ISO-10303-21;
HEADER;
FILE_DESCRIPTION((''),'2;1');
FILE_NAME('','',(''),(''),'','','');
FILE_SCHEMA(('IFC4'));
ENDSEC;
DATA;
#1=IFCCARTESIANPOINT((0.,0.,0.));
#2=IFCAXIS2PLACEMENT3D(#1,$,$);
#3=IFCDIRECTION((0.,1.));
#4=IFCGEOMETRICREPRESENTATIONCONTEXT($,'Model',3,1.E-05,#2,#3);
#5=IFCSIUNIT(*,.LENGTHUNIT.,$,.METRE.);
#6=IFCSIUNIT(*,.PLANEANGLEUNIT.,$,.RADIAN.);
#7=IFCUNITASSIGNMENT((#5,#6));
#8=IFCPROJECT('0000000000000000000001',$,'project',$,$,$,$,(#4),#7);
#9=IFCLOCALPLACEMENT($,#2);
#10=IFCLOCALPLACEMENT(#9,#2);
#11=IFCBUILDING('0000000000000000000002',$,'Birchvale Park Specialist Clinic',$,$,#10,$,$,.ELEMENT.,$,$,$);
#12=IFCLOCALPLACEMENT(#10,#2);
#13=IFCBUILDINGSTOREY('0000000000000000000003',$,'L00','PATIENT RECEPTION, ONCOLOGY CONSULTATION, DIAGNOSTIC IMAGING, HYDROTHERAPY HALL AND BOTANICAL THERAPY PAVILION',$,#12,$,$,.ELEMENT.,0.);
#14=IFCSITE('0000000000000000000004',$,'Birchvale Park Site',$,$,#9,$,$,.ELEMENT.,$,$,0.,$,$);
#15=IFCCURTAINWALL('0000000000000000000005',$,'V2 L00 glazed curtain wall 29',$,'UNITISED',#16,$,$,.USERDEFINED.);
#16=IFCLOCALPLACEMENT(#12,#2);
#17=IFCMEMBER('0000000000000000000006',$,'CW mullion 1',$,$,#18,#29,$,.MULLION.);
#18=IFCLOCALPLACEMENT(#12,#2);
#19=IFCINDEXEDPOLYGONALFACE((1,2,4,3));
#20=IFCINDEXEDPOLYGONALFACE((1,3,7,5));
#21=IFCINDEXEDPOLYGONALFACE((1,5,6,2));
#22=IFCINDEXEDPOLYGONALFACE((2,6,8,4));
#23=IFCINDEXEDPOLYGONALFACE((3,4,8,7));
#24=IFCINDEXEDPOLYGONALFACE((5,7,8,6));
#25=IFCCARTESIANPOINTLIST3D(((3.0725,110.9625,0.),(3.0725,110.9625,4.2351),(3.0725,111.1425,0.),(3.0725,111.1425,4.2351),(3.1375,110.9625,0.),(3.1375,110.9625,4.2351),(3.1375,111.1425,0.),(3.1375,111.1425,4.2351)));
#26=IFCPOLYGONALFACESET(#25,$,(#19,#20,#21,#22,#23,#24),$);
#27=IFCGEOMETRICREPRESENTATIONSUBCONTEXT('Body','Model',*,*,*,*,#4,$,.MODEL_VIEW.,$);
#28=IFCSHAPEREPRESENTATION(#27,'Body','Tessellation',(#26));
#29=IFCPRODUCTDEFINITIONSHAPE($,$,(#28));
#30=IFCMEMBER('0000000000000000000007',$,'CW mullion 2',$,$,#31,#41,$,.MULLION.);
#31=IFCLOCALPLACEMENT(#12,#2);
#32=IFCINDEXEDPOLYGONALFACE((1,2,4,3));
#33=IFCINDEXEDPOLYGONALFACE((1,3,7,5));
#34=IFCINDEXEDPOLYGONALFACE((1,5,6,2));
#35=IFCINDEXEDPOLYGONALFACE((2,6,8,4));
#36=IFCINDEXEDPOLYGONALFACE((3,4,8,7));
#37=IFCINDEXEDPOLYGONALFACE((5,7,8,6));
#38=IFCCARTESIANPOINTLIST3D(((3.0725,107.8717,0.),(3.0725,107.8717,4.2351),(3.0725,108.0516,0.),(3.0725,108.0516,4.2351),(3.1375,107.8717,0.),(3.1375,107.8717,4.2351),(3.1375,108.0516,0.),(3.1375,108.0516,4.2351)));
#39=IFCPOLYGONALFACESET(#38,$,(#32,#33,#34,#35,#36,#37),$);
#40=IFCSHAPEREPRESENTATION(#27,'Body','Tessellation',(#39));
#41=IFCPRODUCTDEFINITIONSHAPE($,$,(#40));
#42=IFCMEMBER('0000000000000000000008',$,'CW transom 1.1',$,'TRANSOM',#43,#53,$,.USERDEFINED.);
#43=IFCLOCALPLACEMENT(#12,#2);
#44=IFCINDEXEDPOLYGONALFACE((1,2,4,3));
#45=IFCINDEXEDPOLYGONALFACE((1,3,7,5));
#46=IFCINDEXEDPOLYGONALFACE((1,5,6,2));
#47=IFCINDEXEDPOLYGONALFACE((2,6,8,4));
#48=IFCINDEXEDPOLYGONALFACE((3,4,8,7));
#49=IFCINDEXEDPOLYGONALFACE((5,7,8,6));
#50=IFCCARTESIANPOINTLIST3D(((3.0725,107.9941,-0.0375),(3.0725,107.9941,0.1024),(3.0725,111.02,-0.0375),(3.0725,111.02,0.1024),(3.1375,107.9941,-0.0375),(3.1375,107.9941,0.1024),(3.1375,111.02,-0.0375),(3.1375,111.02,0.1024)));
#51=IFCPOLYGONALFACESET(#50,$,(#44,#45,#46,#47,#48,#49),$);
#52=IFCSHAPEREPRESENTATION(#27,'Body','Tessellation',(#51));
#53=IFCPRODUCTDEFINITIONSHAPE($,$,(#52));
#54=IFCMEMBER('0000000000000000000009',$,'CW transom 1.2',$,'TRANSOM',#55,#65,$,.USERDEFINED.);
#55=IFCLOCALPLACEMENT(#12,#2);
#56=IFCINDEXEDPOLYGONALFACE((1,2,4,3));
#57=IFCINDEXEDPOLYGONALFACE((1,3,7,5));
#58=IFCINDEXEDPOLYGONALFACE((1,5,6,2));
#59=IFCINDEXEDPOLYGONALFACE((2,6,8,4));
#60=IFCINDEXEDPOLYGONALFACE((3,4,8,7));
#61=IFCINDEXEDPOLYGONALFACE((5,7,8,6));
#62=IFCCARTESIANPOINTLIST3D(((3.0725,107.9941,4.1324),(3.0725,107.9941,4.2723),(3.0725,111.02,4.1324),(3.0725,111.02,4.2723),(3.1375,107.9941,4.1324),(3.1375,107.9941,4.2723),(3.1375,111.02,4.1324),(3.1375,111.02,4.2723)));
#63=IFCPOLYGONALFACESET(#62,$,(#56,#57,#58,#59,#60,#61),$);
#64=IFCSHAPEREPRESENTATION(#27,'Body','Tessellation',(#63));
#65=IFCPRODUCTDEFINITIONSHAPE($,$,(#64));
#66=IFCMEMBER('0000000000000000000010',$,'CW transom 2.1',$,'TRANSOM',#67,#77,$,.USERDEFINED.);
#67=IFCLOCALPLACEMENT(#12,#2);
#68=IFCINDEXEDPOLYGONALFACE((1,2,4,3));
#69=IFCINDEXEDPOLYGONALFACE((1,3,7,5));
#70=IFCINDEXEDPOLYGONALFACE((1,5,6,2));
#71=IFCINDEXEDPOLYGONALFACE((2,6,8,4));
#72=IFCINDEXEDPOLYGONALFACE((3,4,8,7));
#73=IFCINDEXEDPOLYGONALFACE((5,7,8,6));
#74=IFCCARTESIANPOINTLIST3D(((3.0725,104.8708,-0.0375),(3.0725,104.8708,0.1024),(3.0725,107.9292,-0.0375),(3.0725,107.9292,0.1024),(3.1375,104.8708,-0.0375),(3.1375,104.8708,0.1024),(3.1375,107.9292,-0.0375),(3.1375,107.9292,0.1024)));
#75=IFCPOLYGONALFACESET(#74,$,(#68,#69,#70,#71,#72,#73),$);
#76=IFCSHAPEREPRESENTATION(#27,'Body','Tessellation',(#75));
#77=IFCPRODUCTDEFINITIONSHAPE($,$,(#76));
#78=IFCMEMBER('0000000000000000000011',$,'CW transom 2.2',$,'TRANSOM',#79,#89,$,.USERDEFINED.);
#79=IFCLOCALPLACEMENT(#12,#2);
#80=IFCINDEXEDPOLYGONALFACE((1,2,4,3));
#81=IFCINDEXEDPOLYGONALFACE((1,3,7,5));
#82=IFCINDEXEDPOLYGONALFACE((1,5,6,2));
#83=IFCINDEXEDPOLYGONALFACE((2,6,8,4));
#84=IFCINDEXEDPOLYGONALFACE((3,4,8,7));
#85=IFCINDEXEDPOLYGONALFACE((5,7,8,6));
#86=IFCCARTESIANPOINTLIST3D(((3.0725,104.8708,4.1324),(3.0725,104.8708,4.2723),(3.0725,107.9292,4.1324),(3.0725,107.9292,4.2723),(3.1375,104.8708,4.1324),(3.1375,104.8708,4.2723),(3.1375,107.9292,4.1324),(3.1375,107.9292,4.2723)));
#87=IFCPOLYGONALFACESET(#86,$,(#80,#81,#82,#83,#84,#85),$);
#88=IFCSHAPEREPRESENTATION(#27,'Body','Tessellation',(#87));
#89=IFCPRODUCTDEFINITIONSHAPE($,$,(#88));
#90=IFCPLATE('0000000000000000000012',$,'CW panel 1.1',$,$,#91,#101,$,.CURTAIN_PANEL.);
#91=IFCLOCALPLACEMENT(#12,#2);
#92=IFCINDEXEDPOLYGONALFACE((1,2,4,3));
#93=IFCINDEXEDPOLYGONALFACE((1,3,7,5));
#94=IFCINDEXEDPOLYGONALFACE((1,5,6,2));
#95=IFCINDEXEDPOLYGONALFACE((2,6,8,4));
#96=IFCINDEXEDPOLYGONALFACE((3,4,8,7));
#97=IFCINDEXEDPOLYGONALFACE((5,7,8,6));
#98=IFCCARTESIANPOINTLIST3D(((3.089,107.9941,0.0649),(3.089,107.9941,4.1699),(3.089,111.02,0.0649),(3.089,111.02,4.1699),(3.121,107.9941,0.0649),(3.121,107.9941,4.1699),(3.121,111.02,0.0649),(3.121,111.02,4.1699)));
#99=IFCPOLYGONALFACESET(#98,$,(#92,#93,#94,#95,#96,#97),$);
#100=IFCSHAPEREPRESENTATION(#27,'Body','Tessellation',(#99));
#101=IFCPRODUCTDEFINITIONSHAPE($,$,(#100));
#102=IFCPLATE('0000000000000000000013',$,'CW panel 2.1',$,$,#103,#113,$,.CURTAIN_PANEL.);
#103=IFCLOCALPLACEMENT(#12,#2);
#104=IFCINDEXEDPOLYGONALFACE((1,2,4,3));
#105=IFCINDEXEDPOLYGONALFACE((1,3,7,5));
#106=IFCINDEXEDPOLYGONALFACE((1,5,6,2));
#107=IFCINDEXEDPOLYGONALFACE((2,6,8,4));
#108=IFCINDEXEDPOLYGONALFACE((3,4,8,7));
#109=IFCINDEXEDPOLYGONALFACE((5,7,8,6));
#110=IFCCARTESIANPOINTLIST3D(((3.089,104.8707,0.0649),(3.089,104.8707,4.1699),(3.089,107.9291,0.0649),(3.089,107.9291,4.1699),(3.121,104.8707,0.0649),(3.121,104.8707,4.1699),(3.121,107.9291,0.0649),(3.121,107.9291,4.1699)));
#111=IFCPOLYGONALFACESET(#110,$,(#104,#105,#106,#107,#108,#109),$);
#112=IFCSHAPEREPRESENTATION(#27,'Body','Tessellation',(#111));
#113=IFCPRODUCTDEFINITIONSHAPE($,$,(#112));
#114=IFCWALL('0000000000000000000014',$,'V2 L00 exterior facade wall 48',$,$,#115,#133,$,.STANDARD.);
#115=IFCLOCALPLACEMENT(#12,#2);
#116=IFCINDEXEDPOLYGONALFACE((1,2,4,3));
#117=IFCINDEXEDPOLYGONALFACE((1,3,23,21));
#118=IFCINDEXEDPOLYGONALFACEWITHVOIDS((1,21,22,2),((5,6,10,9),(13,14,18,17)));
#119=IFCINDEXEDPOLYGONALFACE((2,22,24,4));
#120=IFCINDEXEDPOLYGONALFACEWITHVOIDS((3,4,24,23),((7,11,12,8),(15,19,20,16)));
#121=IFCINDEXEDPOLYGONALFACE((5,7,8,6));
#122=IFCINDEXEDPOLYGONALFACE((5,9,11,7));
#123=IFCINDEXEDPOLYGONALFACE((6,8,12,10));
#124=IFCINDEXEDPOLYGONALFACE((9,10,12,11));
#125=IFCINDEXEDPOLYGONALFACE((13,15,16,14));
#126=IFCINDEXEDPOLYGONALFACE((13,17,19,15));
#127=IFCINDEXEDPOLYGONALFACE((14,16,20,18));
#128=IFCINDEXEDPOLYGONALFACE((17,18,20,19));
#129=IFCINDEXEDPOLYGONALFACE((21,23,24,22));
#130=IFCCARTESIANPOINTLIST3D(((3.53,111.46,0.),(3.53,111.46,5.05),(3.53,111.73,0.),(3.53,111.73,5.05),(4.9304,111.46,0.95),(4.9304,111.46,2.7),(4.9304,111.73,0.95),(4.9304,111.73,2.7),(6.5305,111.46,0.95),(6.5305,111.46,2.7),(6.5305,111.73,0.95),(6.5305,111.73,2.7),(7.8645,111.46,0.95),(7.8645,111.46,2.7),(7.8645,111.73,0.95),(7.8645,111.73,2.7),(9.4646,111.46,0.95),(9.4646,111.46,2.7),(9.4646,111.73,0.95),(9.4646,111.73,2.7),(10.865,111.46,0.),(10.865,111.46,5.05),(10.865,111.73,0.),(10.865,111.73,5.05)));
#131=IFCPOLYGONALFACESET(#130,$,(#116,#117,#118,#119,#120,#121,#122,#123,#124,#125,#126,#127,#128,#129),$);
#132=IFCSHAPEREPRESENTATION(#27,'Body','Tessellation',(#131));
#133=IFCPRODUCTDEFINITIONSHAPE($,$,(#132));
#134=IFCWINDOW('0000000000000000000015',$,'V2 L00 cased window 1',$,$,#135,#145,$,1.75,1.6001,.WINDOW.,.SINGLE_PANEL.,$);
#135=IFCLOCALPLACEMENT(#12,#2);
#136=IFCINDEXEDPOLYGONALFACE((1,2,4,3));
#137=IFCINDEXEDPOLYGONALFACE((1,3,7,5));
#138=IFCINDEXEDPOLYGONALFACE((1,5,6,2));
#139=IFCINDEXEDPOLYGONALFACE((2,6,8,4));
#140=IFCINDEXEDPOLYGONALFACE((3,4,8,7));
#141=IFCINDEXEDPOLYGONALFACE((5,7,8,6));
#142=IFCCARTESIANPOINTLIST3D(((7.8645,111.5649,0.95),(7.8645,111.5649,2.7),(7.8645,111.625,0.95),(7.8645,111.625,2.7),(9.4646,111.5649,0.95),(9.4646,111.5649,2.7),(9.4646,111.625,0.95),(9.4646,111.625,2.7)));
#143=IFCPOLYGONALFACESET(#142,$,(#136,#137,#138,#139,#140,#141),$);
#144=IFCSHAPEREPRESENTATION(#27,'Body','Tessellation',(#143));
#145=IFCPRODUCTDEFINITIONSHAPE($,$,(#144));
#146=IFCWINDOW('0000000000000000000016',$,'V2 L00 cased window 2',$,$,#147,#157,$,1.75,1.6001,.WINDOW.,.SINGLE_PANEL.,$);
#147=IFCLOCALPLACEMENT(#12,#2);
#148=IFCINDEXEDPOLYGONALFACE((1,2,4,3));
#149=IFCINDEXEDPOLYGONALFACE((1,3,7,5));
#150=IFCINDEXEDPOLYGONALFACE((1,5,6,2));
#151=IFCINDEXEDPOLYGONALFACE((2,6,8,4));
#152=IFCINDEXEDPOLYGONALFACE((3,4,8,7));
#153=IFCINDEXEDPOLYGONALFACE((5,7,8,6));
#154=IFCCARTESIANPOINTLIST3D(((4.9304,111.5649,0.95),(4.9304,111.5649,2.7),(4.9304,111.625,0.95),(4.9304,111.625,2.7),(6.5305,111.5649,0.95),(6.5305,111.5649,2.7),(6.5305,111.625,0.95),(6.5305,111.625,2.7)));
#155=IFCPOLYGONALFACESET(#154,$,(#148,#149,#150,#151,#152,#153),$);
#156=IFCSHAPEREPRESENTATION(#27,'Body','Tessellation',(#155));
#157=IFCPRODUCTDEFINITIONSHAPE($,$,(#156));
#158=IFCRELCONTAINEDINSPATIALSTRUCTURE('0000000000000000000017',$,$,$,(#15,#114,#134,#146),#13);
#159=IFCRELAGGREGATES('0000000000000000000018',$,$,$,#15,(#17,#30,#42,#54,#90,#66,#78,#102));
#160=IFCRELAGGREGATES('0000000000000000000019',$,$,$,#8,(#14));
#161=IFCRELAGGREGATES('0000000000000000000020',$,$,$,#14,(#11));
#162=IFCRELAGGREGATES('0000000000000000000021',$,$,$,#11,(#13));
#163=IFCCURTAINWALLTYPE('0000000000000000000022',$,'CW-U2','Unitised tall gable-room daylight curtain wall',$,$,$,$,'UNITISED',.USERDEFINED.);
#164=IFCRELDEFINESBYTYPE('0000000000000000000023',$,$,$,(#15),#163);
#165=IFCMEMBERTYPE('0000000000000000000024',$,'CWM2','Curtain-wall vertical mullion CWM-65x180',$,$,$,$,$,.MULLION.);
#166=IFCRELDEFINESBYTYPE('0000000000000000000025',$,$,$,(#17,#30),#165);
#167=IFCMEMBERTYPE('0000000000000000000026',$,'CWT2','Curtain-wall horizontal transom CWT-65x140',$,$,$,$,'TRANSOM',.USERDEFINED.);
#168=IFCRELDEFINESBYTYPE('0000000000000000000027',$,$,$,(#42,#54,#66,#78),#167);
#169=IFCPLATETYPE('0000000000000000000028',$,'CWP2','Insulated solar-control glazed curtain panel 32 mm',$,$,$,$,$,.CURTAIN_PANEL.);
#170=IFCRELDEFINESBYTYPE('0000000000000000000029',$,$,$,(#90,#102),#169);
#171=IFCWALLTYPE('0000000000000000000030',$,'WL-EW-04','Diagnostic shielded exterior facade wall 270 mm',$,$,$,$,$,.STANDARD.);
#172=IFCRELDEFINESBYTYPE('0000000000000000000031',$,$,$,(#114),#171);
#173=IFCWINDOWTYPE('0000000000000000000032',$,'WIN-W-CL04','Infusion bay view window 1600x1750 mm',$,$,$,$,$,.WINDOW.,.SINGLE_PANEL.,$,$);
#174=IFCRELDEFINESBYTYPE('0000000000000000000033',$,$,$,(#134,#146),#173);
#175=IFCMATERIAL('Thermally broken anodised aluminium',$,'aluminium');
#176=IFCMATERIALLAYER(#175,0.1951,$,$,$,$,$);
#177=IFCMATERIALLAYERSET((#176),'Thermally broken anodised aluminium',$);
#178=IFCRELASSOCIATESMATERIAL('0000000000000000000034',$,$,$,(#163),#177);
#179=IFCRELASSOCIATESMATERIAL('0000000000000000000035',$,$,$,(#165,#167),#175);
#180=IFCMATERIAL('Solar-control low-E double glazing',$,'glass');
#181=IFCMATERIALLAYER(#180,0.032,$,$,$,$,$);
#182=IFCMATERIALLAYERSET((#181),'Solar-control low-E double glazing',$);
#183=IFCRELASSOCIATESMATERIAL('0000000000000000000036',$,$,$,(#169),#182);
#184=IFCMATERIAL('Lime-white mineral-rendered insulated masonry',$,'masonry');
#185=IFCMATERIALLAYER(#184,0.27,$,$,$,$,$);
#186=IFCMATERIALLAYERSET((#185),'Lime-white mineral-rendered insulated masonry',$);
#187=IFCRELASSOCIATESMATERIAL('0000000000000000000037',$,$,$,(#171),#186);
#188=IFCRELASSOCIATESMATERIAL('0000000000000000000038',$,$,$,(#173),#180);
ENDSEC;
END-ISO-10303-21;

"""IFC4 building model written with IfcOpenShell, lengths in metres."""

from ifc_helpers import new_model, si_unit, direction, frame, frame_2d, origin, origin_2d, place, context, subcontext, project, spatial, rectangle, extrude, material, layer, layer_set, material_profile, profile_set, type_object, element, fill, aggregate, save


model = new_model("IFC4")

# Units and contexts
model_context = context("Model", 3, precision=1e-05, world=origin(), true_north=direction((0.0, 1.0)))
body_context = subcontext(model_context, "Body", "Model", "MODEL_VIEW")
ifc_project = project(units=[si_unit("LENGTHUNIT", "METRE"), si_unit("PLANEANGLEUNIT", "RADIAN")], contexts=[model_context])

# Site, building, storey
site_placement = place(None, origin())
site = spatial("IfcSite", under=ifc_project, at=site_placement, Name="Birchvale Park Site", CompositionType="ELEMENT", RefElevation=0.0)
building_placement = place(site_placement, origin())
building = spatial("IfcBuilding", under=site, at=building_placement, Name="Birchvale Park Specialist Clinic", CompositionType="ELEMENT")
storey_placement = place(building_placement, origin())
storey = spatial("IfcBuildingStorey", under=building, at=storey_placement, Name="L00", Description="PATIENT RECEPTION, ONCOLOGY CONSULTATION, DIAGNOSTIC IMAGING, HYDROTHERAPY HALL AND BOTANICAL THERAPY PAVILION", CompositionType="ELEMENT", Elevation=0.0)

# Curtain wall, members, plates
ifc_material_1 = material(Name="Thermally broken anodised aluminium", Category="aluminium")
ifc_layer_1 = layer(ifc_material_1, 0.1951)
ifc_layer_set_1 = layer_set([ifc_layer_1], Name="Thermally broken anodised aluminium")
curtain_wall_type = type_object("IfcCurtainWallType", Name="CW-U2", Description="Unitised tall gable-room daylight curtain wall", ElementType="UNITISED", PredefinedType="USERDEFINED", material=ifc_layer_set_1)
curtain_wall_placement = place(storey_placement, origin())
curtain_wall = element("IfcCurtainWall", 1, at=curtain_wall_placement, inside=storey, type_object=curtain_wall_type, Name="V2 L00 glazed curtain wall 29", ObjectType="UNITISED", PredefinedType="USERDEFINED")
ifc_material_profile_1 = material_profile(ifc_material_1, rectangle(XDim=0.0649, YDim=0.1799, at=origin_2d()), Name="CWM-65x180")
ifc_profile_set_1 = profile_set([ifc_material_profile_1], Name="Thermally broken anodised aluminium")
member_type_1 = type_object("IfcMemberType", Name="CWM2", Description="Curtain-wall vertical mullion CWM-65x180", PredefinedType="MULLION", material=ifc_profile_set_1)
member_1_placement = place(storey_placement, frame((3.105, 111.0525, 0.0), z_axis=(0.0, 0.0, 1.0), x_axis=(1.0, 0.0, 0.0)))
member_1 = element("IfcMember", 2, at=member_1_placement, type_object=member_type_1, Name="CW mullion 1", PredefinedType="MULLION", context=body_context, shape_type="SweptSolid", body=[
    extrude(rectangle(XDim=0.0649, YDim=0.1799, at=origin_2d()), origin(), (0.0, 0.0, 1.0), 4.2351),
])
member_2_placement = place(storey_placement, frame((3.105, 107.9617, 0.0), z_axis=(0.0, 0.0, 1.0), x_axis=(1.0, 0.0, 0.0)))
member_2 = element("IfcMember", 3, at=member_2_placement, type_object=member_type_1, Name="CW mullion 2", PredefinedType="MULLION", context=body_context, shape_type="SweptSolid", body=[
    extrude(rectangle(XDim=0.0649, YDim=0.1799, at=origin_2d()), origin(), (0.0, 0.0, 1.0), 4.2351),
])
ifc_material_profile_2 = material_profile(ifc_material_1, rectangle(XDim=0.0649, YDim=0.1399, at=origin_2d()), Name="CWT-65x140")
ifc_profile_set_2 = profile_set([ifc_material_profile_2], Name="Thermally broken anodised aluminium")
member_type_2 = type_object("IfcMemberType", Name="CWT2", Description="Curtain-wall horizontal transom CWT-65x140", ElementType="TRANSOM", PredefinedType="USERDEFINED", material=ifc_profile_set_2)
member_3_placement = place(storey_placement, frame((3.105, 111.02, 0.0325), z_axis=(0.0, -1.0, 0.0), x_axis=(1.0, 0.0, 0.0)))
member_3 = element("IfcMember", 4, at=member_3_placement, type_object=member_type_2, Name="CW transom 1.1", ObjectType="TRANSOM", PredefinedType="USERDEFINED", context=body_context, shape_type="SweptSolid", body=[
    extrude(rectangle(XDim=0.0649, YDim=0.1399, at=origin_2d()), origin(), (0.0, 0.0, 1.0), 3.0259),
])
member_4_placement = place(storey_placement, frame((3.105, 111.02, 4.2024), z_axis=(0.0, -1.0, 0.0), x_axis=(1.0, 0.0, 0.0)))
member_4 = element("IfcMember", 5, at=member_4_placement, type_object=member_type_2, Name="CW transom 1.2", ObjectType="TRANSOM", PredefinedType="USERDEFINED", context=body_context, shape_type="SweptSolid", body=[
    extrude(rectangle(XDim=0.0649, YDim=0.1399, at=origin_2d()), origin(), (0.0, 0.0, 1.0), 3.0259),
])
member_5_placement = place(storey_placement, frame((3.105, 107.9292, 0.0325), z_axis=(0.0, -1.0, 0.0), x_axis=(1.0, 0.0, 0.0)))
member_5 = element("IfcMember", 6, at=member_5_placement, type_object=member_type_2, Name="CW transom 2.1", ObjectType="TRANSOM", PredefinedType="USERDEFINED", context=body_context, shape_type="SweptSolid", body=[
    extrude(rectangle(XDim=0.0649, YDim=0.1399, at=origin_2d()), origin(), (0.0, 0.0, 1.0), 3.0583),
])
member_6_placement = place(storey_placement, frame((3.105, 107.9292, 4.2024), z_axis=(0.0, -1.0, 0.0), x_axis=(1.0, 0.0, 0.0)))
member_6 = element("IfcMember", 7, at=member_6_placement, type_object=member_type_2, Name="CW transom 2.2", ObjectType="TRANSOM", PredefinedType="USERDEFINED", context=body_context, shape_type="SweptSolid", body=[
    extrude(rectangle(XDim=0.0649, YDim=0.1399, at=origin_2d()), origin(), (0.0, 0.0, 1.0), 3.0583),
])
ifc_material_2 = material(Name="Solar-control low-E double glazing", Category="glass")
ifc_layer_2 = layer(ifc_material_2, 0.032)
ifc_layer_set_2 = layer_set([ifc_layer_2], Name="Solar-control low-E double glazing")
plate_type = type_object("IfcPlateType", Name="CWP2", Description="Insulated solar-control glazed curtain panel 32 mm", PredefinedType="CURTAIN_PANEL", material=ifc_layer_set_2)
plate_1_placement = place(storey_placement, frame((3.105, 109.5071, 0.0649), z_axis=(0.0, 0.0, 1.0), x_axis=(0.0, -1.0, 0.0)))
plate_1 = element("IfcPlate", 8, at=plate_1_placement, type_object=plate_type, Name="CW panel 1.1", PredefinedType="CURTAIN_PANEL", context=body_context, shape_type="SweptSolid", body=[
    extrude(rectangle(XDim=3.0259, YDim=0.032, at=origin_2d()), origin(), (0.0, 0.0, 1.0), 4.105),
])
plate_2_placement = place(storey_placement, frame((3.105, 106.3999, 0.0649), z_axis=(0.0, 0.0, 1.0), x_axis=(0.0, -1.0, 0.0)))
plate_2 = element("IfcPlate", 9, at=plate_2_placement, type_object=plate_type, Name="CW panel 2.1", PredefinedType="CURTAIN_PANEL", context=body_context, shape_type="SweptSolid", body=[
    extrude(rectangle(XDim=3.0583, YDim=0.032, at=origin_2d()), origin(), (0.0, 0.0, 1.0), 4.105),
])
aggregate(curtain_wall, [member_1, member_2, member_3, member_4, plate_1, member_5, member_6, plate_2])

# Wall, openings, windows
ifc_material_3 = material(Name="Lime-white mineral-rendered insulated masonry", Category="masonry")
ifc_layer_3 = layer(ifc_material_3, 0.27)
ifc_layer_set_3 = layer_set([ifc_layer_3], Name="Lime-white mineral-rendered insulated masonry")
wall_type_1 = type_object("IfcWallType", Name="WL-EW-04", Description="Diagnostic shielded exterior facade wall 270 mm", PredefinedType="STANDARD", material=ifc_layer_set_3)
wall_1_placement = place(storey_placement, frame((10.865, 111.595, 0.0), z_axis=(0.0, 0.0, 1.0), x_axis=(-1.0, 0.0, 0.0)))
wall_1 = element("IfcWall", 10, at=wall_1_placement, inside=storey, type_object=wall_type_1, Name="V2 L00 exterior facade wall 48", PredefinedType="STANDARD", context=body_context, shape_type="SweptSolid", body=[
    extrude(rectangle(XDim=7.335, YDim=0.27, at=frame_2d((3.6675, 0.0))), origin(), (0.0, 0.0, 1.0), 5.05),
])
opening_1_placement = place(wall_1_placement, frame((1.4004, 0.0, 0.95)))
opening_1 = element("IfcOpeningElement", 11, at=opening_1_placement, cuts=wall_1, PredefinedType="OPENING", context=body_context, shape_type="SweptSolid", body=[
    extrude(rectangle(XDim=1.6001, YDim=1.75, at=frame_2d((0.8, 0.875))), frame((0.0, 0.145, 0.0), z_axis=(0.0, -1.0, 0.0), x_axis=(1.0, 0.0, 0.0)), (0.0, 0.0, 1.0), 0.29),
])
opening_2_placement = place(wall_1_placement, frame((4.3345, 0.0, 0.95)))
opening_2 = element("IfcOpeningElement", 12, at=opening_2_placement, cuts=wall_1, PredefinedType="OPENING", context=body_context, shape_type="SweptSolid", body=[
    extrude(rectangle(XDim=1.6001, YDim=1.75, at=frame_2d((0.8, 0.875))), frame((0.0, 0.145, 0.0), z_axis=(0.0, -1.0, 0.0), x_axis=(1.0, 0.0, 0.0)), (0.0, 0.0, 1.0), 0.29),
])
window_type = type_object("IfcWindowType", Name="WIN-W-CL04", Description="Infusion bay view window 1600x1750 mm", PartitioningType="SINGLE_PANEL", PredefinedType="WINDOW", material=ifc_material_2)
window_1_placement = place(opening_1_placement, origin())
window_1 = element("IfcWindow", 13, at=window_1_placement, inside=storey, type_object=window_type, Name="V2 L00 cased window 1", OverallHeight=1.75, OverallWidth=1.6001, PartitioningType="SINGLE_PANEL", PredefinedType="WINDOW", context=body_context, shape_type="SweptSolid", body=[
    extrude(rectangle(XDim=1.6001, YDim=1.75, at=frame_2d((0.8, 0.875))), frame((0.0, 0.03, 0.0), z_axis=(0.0, -1.0, 0.0), x_axis=(1.0, 0.0, 0.0)), (0.0, 0.0, 1.0), 0.0601),
])
fill(opening_1, window_1)
window_2_placement = place(opening_2_placement, origin())
window_2 = element("IfcWindow", 14, at=window_2_placement, inside=storey, type_object=window_type, Name="V2 L00 cased window 2", OverallHeight=1.75, OverallWidth=1.6001, PartitioningType="SINGLE_PANEL", PredefinedType="WINDOW", context=body_context, shape_type="SweptSolid", body=[
    extrude(rectangle(XDim=1.6001, YDim=1.75, at=frame_2d((0.8, 0.875))), frame((0.0, 0.03, 0.0), z_axis=(0.0, -1.0, 0.0), x_axis=(1.0, 0.0, 0.0)), (0.0, 0.0, 1.0), 0.0601),
])
fill(opening_2, window_2)

save(model, "model.ifc")
